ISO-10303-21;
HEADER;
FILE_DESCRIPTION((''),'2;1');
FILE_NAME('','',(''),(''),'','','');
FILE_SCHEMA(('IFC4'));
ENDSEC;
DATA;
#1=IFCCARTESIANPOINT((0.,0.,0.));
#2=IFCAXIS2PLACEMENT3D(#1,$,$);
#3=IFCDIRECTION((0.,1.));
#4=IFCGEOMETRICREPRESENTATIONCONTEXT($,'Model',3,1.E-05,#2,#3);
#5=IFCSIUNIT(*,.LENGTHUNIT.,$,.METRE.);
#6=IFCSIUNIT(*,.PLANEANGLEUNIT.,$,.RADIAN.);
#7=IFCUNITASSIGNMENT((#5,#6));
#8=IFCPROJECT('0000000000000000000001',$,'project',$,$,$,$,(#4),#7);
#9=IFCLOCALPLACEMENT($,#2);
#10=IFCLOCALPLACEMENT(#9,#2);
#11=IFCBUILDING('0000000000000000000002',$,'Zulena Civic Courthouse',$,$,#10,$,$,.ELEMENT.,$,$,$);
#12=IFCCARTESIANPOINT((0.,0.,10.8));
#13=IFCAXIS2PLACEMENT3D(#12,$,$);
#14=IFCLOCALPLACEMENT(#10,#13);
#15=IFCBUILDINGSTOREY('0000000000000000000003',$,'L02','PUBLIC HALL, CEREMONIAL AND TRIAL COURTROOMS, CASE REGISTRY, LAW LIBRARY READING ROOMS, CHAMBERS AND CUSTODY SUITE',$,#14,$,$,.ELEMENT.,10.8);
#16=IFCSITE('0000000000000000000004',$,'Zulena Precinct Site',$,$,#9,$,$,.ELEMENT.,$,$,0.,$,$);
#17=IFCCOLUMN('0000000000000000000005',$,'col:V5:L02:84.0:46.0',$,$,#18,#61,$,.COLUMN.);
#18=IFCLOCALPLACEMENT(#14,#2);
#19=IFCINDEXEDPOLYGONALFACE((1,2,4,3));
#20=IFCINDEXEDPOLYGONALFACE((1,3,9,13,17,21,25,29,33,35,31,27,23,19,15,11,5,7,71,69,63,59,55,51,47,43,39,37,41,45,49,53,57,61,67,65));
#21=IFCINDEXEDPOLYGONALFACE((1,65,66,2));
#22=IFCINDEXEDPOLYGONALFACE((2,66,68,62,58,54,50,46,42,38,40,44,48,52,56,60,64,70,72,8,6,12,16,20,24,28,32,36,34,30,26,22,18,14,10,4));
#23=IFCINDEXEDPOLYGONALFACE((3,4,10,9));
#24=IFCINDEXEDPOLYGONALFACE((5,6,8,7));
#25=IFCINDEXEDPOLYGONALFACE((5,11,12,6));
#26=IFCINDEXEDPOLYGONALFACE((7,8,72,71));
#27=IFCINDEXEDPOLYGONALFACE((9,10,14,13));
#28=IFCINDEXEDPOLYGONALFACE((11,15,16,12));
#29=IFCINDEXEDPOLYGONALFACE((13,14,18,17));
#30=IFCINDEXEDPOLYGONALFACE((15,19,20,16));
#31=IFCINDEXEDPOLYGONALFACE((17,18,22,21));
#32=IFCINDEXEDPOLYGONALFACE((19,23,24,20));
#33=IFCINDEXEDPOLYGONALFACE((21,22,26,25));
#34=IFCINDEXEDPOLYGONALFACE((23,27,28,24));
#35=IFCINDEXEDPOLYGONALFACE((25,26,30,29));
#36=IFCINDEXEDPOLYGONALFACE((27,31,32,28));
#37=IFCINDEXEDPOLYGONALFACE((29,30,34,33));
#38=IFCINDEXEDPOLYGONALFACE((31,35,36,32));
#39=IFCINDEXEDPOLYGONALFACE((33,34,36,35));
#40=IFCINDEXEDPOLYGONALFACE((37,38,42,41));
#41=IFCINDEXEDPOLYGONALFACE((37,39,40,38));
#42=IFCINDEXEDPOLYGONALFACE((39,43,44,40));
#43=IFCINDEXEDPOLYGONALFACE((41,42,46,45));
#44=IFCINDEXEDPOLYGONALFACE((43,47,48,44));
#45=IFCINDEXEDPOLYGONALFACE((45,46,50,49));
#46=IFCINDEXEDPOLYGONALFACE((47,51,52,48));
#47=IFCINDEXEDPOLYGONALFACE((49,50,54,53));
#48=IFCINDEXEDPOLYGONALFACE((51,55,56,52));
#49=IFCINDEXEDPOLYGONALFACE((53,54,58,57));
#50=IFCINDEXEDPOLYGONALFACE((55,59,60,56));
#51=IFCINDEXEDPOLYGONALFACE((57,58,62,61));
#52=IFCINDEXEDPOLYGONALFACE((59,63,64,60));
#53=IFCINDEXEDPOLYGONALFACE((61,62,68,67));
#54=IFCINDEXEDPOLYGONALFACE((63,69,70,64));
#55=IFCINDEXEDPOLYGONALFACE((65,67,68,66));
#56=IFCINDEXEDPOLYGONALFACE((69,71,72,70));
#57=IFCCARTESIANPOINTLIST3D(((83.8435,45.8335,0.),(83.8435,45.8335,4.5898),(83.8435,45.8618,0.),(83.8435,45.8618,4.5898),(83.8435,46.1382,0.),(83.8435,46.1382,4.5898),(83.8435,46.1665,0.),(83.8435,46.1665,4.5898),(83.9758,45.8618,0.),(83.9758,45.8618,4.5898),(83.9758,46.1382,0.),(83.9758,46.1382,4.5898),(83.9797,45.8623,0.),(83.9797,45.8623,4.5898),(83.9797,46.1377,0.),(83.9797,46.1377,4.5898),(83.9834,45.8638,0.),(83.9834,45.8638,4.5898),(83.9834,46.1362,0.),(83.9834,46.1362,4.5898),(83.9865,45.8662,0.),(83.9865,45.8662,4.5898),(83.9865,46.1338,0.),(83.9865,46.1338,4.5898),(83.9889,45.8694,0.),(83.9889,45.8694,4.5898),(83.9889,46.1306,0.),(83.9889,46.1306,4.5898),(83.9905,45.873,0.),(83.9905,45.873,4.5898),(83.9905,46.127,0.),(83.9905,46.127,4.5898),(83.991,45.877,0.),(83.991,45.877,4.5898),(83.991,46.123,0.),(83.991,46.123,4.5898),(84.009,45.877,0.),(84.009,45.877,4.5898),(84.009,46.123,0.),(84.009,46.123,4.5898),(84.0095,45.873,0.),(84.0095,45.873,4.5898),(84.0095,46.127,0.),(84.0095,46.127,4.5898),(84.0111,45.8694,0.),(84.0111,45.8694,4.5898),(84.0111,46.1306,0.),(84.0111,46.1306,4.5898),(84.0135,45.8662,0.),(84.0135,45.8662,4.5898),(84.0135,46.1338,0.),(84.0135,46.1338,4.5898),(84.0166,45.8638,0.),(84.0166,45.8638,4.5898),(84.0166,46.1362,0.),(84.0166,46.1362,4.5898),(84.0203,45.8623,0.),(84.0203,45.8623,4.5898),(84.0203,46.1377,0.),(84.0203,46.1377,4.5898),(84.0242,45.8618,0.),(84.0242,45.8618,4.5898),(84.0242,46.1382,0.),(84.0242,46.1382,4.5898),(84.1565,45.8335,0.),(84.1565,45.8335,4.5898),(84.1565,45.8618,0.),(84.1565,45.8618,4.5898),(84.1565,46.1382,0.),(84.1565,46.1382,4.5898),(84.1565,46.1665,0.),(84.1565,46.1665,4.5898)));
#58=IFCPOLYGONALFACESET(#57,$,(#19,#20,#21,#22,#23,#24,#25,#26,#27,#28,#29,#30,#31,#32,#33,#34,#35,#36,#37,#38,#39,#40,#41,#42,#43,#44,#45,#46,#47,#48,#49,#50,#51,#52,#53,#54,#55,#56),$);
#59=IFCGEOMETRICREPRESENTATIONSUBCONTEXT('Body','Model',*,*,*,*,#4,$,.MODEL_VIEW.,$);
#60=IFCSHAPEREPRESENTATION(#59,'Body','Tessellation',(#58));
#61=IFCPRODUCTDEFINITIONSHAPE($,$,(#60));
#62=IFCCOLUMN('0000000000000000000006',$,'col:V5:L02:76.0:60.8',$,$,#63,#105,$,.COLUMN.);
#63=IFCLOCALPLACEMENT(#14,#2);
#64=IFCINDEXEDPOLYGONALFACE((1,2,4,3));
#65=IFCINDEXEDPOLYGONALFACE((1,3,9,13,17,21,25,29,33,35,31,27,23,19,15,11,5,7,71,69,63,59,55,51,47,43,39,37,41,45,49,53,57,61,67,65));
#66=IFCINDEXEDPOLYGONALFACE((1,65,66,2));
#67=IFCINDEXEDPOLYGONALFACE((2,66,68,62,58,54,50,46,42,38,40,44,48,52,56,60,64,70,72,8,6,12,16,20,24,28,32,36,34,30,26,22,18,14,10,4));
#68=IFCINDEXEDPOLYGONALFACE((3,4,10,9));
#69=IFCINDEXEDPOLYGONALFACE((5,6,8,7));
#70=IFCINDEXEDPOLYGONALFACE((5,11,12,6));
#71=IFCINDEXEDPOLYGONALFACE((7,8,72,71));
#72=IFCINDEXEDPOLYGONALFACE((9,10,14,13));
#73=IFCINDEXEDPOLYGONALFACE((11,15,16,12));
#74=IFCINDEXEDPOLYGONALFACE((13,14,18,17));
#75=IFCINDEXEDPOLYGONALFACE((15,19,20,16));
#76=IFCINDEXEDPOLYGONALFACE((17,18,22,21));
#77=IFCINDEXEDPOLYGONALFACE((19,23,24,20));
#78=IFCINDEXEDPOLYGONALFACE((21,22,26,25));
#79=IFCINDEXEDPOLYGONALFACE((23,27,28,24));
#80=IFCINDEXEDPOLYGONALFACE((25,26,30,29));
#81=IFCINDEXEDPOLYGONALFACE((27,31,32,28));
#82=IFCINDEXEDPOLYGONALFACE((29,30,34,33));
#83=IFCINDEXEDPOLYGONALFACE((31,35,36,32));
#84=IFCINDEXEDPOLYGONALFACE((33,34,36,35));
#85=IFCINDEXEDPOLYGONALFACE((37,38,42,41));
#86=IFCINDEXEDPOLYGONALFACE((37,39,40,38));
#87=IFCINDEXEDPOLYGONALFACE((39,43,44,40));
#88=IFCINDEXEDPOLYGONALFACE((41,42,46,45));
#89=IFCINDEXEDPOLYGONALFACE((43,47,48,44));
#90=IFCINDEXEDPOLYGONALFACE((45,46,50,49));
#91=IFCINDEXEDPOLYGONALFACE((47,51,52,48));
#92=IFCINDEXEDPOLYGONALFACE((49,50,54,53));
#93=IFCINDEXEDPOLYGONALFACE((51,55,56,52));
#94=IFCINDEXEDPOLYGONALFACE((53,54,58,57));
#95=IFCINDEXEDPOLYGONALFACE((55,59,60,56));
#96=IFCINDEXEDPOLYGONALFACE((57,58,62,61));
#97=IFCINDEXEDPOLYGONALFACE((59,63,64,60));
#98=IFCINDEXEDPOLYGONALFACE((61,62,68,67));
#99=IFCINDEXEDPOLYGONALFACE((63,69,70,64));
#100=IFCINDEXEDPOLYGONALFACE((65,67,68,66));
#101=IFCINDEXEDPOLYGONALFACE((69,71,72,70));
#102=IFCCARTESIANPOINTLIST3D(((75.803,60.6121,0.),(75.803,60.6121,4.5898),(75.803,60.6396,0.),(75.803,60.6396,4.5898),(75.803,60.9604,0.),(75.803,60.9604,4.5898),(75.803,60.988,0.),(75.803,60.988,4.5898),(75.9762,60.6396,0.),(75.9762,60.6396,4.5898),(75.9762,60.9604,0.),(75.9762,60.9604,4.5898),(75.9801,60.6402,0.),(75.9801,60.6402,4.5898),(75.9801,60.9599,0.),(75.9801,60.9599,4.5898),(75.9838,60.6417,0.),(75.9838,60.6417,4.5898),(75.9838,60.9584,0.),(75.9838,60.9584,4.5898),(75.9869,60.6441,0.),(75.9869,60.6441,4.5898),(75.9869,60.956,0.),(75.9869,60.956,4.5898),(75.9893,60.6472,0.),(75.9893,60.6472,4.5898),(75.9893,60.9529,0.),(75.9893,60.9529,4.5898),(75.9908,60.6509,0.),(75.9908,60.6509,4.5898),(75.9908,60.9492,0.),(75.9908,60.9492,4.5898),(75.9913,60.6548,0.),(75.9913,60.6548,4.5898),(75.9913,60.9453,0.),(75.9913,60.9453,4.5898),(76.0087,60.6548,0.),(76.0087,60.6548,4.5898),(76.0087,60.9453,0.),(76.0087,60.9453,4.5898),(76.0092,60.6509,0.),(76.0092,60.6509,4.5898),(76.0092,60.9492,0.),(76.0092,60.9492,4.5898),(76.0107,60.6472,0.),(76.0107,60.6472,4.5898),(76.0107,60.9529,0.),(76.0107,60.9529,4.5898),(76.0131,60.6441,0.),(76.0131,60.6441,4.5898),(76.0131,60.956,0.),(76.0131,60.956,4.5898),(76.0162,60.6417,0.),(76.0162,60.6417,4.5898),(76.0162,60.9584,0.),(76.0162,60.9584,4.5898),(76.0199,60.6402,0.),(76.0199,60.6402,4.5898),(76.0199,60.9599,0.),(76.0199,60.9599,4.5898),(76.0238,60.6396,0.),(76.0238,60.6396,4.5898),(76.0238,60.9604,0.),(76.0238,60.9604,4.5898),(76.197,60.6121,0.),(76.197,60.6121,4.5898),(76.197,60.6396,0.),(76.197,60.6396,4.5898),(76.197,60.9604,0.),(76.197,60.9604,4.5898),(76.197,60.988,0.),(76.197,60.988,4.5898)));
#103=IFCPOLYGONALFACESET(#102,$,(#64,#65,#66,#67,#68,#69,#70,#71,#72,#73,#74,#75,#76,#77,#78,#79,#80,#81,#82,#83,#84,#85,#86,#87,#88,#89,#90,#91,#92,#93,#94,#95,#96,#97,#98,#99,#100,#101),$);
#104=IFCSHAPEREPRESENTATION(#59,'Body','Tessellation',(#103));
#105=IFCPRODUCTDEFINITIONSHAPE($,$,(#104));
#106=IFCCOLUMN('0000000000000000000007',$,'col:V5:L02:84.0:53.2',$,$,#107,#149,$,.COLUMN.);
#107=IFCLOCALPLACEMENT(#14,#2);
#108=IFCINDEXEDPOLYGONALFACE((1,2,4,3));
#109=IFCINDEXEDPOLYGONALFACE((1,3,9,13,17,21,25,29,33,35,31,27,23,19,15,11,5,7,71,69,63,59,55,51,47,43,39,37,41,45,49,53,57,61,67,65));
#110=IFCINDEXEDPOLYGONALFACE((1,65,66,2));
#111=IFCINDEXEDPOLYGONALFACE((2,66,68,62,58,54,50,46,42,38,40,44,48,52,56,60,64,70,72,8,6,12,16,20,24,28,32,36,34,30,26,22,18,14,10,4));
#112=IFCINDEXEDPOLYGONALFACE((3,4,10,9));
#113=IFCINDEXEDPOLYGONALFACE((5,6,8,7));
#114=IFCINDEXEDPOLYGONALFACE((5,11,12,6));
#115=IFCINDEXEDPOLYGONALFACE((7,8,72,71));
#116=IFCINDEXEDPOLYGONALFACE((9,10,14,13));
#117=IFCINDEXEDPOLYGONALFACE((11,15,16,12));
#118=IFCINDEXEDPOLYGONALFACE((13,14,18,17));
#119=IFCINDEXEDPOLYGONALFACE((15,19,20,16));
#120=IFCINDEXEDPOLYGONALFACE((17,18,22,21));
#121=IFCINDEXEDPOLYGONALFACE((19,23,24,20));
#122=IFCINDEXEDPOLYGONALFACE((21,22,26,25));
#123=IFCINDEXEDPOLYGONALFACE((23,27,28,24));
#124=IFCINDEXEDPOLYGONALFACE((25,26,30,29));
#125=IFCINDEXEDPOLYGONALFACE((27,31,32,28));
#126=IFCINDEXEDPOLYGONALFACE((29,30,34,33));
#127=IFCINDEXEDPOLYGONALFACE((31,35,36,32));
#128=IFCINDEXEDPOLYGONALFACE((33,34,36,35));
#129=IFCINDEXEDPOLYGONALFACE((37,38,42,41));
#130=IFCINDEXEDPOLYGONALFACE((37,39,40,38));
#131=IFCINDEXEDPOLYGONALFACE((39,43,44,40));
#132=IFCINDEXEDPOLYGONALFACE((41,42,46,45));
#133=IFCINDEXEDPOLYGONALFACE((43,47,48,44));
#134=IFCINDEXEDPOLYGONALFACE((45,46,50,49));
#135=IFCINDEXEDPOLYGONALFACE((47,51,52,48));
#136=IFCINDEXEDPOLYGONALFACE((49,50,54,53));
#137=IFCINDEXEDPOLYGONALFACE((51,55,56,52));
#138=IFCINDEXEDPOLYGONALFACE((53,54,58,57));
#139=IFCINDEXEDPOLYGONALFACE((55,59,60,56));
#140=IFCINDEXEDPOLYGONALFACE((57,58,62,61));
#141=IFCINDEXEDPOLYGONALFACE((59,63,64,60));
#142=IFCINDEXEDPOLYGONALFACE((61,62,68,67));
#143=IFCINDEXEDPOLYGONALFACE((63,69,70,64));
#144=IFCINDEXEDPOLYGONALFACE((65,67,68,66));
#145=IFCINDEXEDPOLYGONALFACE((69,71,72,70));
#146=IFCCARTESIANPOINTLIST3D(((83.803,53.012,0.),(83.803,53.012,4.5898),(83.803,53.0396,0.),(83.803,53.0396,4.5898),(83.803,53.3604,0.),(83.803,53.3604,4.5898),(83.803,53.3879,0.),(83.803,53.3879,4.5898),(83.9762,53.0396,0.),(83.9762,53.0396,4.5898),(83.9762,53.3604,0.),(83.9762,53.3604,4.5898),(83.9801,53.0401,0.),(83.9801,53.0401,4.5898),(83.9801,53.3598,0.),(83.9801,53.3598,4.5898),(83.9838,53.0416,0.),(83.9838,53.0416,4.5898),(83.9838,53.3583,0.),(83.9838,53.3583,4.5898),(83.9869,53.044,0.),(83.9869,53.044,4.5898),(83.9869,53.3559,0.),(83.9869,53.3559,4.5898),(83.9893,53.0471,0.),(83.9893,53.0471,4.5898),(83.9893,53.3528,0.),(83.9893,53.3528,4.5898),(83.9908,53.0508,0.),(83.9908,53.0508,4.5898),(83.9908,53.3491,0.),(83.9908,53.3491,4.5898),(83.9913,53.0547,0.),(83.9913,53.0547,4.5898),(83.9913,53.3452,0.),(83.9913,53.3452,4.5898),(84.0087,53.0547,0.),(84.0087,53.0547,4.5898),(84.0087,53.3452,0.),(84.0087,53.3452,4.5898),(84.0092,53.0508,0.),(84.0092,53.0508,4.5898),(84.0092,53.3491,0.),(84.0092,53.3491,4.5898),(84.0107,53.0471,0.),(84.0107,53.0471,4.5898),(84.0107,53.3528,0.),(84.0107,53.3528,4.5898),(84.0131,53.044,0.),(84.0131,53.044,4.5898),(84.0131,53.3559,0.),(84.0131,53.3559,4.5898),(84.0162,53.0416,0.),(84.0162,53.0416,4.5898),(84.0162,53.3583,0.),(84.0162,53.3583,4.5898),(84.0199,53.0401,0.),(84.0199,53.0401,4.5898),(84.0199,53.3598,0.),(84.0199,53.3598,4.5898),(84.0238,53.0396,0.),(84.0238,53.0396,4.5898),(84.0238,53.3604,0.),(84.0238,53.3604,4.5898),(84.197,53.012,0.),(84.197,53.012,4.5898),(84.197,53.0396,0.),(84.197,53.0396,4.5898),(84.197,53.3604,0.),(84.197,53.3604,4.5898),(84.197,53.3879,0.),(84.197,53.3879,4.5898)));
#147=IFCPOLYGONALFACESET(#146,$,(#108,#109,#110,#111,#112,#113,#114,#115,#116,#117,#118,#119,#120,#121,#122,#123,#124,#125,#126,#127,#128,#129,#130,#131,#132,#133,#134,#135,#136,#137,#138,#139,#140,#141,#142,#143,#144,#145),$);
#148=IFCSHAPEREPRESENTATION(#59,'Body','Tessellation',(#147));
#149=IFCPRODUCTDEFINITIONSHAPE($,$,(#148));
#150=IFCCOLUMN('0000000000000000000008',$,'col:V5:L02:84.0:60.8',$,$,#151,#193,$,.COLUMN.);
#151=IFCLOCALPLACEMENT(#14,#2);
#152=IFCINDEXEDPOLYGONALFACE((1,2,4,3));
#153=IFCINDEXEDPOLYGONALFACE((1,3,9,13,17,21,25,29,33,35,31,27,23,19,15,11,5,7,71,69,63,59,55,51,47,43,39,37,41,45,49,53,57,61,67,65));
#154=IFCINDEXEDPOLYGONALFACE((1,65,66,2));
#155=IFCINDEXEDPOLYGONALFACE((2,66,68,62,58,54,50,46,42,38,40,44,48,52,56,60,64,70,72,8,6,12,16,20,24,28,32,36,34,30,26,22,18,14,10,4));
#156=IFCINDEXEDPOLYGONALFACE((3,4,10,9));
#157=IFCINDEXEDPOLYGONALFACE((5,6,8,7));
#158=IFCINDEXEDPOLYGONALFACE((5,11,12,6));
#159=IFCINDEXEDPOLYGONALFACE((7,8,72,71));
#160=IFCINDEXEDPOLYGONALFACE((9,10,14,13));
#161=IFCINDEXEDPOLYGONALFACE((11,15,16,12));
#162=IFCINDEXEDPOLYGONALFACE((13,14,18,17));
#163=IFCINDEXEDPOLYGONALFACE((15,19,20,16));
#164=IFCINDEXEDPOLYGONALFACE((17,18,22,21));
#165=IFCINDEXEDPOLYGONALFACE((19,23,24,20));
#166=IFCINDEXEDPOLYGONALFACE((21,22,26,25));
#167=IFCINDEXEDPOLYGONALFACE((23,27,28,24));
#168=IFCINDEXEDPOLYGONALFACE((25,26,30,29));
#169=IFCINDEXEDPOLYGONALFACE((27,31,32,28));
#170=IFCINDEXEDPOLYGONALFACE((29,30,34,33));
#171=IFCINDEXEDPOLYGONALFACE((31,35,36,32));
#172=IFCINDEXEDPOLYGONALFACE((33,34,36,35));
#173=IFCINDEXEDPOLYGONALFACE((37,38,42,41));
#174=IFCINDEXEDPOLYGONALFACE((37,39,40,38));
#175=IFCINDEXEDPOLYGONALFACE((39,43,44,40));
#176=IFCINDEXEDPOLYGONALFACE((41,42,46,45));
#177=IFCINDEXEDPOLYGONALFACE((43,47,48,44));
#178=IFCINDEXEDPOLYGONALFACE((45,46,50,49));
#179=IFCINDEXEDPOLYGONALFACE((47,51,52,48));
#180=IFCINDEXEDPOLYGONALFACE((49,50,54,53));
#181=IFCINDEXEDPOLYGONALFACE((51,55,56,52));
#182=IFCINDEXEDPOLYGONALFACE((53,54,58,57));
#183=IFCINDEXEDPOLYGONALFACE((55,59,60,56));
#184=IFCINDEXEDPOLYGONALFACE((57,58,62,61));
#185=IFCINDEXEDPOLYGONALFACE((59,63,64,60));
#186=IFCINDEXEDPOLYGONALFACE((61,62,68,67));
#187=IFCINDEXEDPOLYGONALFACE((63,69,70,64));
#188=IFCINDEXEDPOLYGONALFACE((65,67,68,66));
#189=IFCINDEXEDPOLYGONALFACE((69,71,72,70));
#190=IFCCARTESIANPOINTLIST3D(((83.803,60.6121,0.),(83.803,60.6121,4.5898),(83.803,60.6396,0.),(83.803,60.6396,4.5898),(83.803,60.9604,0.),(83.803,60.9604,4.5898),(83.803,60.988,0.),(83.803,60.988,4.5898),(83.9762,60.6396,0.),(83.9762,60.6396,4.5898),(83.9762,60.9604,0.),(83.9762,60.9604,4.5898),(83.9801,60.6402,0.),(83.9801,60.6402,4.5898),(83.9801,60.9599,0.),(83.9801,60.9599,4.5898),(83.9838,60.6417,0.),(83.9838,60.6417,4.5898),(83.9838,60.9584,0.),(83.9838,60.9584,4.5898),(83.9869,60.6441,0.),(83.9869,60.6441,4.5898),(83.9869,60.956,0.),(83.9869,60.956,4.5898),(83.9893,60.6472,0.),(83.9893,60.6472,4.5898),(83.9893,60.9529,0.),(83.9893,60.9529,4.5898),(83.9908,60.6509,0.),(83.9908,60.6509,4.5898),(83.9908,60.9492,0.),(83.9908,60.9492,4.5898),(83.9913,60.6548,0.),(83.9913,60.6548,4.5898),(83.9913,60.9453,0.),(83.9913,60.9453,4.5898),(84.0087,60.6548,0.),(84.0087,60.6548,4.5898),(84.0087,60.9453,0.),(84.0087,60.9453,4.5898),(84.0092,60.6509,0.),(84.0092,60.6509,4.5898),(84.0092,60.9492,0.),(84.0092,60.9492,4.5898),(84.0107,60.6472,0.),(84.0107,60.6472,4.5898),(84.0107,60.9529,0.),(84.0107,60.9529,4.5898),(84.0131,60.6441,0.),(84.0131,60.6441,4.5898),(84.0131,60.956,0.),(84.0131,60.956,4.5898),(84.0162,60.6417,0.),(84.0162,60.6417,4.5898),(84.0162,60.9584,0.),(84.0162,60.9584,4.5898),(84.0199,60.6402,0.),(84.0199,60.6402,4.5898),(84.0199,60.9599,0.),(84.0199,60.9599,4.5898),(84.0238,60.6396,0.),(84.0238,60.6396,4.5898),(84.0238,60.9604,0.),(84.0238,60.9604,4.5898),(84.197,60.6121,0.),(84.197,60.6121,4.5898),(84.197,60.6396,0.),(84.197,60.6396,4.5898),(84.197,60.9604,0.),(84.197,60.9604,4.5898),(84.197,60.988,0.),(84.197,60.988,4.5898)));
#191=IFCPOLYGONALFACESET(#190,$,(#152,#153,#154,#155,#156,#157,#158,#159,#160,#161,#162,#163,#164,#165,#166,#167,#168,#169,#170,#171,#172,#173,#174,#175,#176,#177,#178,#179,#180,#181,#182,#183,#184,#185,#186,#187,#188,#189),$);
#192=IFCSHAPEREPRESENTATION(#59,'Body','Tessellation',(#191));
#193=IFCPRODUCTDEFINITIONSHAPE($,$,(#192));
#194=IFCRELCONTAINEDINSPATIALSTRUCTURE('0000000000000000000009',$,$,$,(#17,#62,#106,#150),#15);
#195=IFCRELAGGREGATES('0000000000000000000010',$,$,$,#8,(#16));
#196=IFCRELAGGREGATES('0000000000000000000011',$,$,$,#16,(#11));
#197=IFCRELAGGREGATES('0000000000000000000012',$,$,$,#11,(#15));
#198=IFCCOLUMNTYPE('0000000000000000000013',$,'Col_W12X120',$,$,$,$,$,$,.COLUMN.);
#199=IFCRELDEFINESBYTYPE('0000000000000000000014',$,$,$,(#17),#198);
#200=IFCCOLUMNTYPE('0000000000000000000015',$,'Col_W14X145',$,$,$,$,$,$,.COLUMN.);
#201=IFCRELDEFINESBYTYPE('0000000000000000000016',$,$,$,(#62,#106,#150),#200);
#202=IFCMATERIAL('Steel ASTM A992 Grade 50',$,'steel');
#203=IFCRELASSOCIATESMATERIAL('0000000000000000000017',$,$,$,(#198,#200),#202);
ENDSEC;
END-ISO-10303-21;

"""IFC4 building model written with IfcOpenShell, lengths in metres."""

from ifc_helpers import new_model, si_unit, direction, frame, origin, origin_2d, place, context, subcontext, project, spatial, i_section, extrude, material, material_profile, profile_set, type_object, element, save


model = new_model("IFC4")

# Units and contexts
model_context = context("Model", 3, precision=1e-05, world=origin(), true_north=direction((0.0, 1.0)))
body_context = subcontext(model_context, "Body", "Model", "MODEL_VIEW")
ifc_project = project(units=[si_unit("LENGTHUNIT", "METRE"), si_unit("PLANEANGLEUNIT", "RADIAN")], contexts=[model_context])

# Site, building, storey
site_placement = place(None, origin())
site = spatial("IfcSite", under=ifc_project, at=site_placement, Name="Zulena Precinct Site", CompositionType="ELEMENT", RefElevation=0.0)
building_placement = place(site_placement, origin())
building = spatial("IfcBuilding", under=site, at=building_placement, Name="Zulena Civic Courthouse", CompositionType="ELEMENT")
storey_placement = place(building_placement, frame((0.0, 0.0, 10.8)))
storey = spatial("IfcBuildingStorey", under=building, at=storey_placement, Name="L02", Description="PUBLIC HALL, CEREMONIAL AND TRIAL COURTROOMS, CASE REGISTRY, LAW LIBRARY READING ROOMS, CHAMBERS AND CUSTODY SUITE", CompositionType="ELEMENT", Elevation=10.8)

# Columns
ifc_material_1 = material(Name="Steel ASTM A992 Grade 50", Category="steel")
ifc_material_profile_1 = material_profile(ifc_material_1, i_section(OverallWidth=0.313, OverallDepth=0.333, WebThickness=0.0181, FlangeThickness=0.0283, FilletRadius=0.0151, at=origin_2d()), Name="W12X120")
ifc_profile_set_1 = profile_set([ifc_material_profile_1], Name="Steel ASTM A992 Grade 50")
column_type_1 = type_object("IfcColumnType", Name="Col_W12X120", PredefinedType="COLUMN", material=ifc_profile_set_1)
column_placement = place(storey_placement, frame((84.0, 46.0, 0.0), z_axis=(0.0, 0.0, 1.0), x_axis=(1.0, 0.0, 0.0)))
element("IfcColumn", 1, at=column_placement, inside=storey, type_object=column_type_1, Name="col:V5:L02:84.0:46.0", PredefinedType="COLUMN", context=body_context, shape_type="SweptSolid", body=[
    extrude(i_section(OverallWidth=0.313, OverallDepth=0.333, WebThickness=0.0181, FlangeThickness=0.0283, FilletRadius=0.0151, at=origin_2d()), origin(), (0.0, 0.0, 1.0), 4.5898),
])
ifc_material_profile_2 = material_profile(ifc_material_1, i_section(OverallWidth=0.394, OverallDepth=0.376, WebThickness=0.0173, FlangeThickness=0.0276, FilletRadius=0.0151, at=origin_2d()), Name="W14X145")
ifc_profile_set_2 = profile_set([ifc_material_profile_2], Name="Steel ASTM A992 Grade 50")
column_type_2 = type_object("IfcColumnType", Name="Col_W14X145", PredefinedType="COLUMN", material=ifc_profile_set_2)
for number, where, z_axis, x_axis, name in (
    (2, (76.0, 60.8, 0.0), (0.0, 0.0, 1.0), (1.0, 0.0, 0.0), "col:V5:L02:76.0:60.8"),
    (3, (84.0, 53.2, 0.0), (0.0, 0.0, 1.0), (1.0, 0.0, 0.0), "col:V5:L02:84.0:53.2"),
    (4, (84.0, 60.8, 0.0), (0.0, 0.0, 1.0), (1.0, 0.0, 0.0), "col:V5:L02:84.0:60.8"),
):
    element("IfcColumn", number, at=place(storey_placement, frame(where, z_axis=z_axis, x_axis=x_axis)), inside=storey, type_object=column_type_2, Name=name, PredefinedType="COLUMN", context=body_context, shape_type="SweptSolid", body=[
        extrude(i_section(OverallWidth=0.394, OverallDepth=0.376, WebThickness=0.0173, FlangeThickness=0.0276, FilletRadius=0.0151, at=origin_2d()), origin(), (0.0, 0.0, 1.0), 4.5898),
    ])

save(model, "model.ifc")
